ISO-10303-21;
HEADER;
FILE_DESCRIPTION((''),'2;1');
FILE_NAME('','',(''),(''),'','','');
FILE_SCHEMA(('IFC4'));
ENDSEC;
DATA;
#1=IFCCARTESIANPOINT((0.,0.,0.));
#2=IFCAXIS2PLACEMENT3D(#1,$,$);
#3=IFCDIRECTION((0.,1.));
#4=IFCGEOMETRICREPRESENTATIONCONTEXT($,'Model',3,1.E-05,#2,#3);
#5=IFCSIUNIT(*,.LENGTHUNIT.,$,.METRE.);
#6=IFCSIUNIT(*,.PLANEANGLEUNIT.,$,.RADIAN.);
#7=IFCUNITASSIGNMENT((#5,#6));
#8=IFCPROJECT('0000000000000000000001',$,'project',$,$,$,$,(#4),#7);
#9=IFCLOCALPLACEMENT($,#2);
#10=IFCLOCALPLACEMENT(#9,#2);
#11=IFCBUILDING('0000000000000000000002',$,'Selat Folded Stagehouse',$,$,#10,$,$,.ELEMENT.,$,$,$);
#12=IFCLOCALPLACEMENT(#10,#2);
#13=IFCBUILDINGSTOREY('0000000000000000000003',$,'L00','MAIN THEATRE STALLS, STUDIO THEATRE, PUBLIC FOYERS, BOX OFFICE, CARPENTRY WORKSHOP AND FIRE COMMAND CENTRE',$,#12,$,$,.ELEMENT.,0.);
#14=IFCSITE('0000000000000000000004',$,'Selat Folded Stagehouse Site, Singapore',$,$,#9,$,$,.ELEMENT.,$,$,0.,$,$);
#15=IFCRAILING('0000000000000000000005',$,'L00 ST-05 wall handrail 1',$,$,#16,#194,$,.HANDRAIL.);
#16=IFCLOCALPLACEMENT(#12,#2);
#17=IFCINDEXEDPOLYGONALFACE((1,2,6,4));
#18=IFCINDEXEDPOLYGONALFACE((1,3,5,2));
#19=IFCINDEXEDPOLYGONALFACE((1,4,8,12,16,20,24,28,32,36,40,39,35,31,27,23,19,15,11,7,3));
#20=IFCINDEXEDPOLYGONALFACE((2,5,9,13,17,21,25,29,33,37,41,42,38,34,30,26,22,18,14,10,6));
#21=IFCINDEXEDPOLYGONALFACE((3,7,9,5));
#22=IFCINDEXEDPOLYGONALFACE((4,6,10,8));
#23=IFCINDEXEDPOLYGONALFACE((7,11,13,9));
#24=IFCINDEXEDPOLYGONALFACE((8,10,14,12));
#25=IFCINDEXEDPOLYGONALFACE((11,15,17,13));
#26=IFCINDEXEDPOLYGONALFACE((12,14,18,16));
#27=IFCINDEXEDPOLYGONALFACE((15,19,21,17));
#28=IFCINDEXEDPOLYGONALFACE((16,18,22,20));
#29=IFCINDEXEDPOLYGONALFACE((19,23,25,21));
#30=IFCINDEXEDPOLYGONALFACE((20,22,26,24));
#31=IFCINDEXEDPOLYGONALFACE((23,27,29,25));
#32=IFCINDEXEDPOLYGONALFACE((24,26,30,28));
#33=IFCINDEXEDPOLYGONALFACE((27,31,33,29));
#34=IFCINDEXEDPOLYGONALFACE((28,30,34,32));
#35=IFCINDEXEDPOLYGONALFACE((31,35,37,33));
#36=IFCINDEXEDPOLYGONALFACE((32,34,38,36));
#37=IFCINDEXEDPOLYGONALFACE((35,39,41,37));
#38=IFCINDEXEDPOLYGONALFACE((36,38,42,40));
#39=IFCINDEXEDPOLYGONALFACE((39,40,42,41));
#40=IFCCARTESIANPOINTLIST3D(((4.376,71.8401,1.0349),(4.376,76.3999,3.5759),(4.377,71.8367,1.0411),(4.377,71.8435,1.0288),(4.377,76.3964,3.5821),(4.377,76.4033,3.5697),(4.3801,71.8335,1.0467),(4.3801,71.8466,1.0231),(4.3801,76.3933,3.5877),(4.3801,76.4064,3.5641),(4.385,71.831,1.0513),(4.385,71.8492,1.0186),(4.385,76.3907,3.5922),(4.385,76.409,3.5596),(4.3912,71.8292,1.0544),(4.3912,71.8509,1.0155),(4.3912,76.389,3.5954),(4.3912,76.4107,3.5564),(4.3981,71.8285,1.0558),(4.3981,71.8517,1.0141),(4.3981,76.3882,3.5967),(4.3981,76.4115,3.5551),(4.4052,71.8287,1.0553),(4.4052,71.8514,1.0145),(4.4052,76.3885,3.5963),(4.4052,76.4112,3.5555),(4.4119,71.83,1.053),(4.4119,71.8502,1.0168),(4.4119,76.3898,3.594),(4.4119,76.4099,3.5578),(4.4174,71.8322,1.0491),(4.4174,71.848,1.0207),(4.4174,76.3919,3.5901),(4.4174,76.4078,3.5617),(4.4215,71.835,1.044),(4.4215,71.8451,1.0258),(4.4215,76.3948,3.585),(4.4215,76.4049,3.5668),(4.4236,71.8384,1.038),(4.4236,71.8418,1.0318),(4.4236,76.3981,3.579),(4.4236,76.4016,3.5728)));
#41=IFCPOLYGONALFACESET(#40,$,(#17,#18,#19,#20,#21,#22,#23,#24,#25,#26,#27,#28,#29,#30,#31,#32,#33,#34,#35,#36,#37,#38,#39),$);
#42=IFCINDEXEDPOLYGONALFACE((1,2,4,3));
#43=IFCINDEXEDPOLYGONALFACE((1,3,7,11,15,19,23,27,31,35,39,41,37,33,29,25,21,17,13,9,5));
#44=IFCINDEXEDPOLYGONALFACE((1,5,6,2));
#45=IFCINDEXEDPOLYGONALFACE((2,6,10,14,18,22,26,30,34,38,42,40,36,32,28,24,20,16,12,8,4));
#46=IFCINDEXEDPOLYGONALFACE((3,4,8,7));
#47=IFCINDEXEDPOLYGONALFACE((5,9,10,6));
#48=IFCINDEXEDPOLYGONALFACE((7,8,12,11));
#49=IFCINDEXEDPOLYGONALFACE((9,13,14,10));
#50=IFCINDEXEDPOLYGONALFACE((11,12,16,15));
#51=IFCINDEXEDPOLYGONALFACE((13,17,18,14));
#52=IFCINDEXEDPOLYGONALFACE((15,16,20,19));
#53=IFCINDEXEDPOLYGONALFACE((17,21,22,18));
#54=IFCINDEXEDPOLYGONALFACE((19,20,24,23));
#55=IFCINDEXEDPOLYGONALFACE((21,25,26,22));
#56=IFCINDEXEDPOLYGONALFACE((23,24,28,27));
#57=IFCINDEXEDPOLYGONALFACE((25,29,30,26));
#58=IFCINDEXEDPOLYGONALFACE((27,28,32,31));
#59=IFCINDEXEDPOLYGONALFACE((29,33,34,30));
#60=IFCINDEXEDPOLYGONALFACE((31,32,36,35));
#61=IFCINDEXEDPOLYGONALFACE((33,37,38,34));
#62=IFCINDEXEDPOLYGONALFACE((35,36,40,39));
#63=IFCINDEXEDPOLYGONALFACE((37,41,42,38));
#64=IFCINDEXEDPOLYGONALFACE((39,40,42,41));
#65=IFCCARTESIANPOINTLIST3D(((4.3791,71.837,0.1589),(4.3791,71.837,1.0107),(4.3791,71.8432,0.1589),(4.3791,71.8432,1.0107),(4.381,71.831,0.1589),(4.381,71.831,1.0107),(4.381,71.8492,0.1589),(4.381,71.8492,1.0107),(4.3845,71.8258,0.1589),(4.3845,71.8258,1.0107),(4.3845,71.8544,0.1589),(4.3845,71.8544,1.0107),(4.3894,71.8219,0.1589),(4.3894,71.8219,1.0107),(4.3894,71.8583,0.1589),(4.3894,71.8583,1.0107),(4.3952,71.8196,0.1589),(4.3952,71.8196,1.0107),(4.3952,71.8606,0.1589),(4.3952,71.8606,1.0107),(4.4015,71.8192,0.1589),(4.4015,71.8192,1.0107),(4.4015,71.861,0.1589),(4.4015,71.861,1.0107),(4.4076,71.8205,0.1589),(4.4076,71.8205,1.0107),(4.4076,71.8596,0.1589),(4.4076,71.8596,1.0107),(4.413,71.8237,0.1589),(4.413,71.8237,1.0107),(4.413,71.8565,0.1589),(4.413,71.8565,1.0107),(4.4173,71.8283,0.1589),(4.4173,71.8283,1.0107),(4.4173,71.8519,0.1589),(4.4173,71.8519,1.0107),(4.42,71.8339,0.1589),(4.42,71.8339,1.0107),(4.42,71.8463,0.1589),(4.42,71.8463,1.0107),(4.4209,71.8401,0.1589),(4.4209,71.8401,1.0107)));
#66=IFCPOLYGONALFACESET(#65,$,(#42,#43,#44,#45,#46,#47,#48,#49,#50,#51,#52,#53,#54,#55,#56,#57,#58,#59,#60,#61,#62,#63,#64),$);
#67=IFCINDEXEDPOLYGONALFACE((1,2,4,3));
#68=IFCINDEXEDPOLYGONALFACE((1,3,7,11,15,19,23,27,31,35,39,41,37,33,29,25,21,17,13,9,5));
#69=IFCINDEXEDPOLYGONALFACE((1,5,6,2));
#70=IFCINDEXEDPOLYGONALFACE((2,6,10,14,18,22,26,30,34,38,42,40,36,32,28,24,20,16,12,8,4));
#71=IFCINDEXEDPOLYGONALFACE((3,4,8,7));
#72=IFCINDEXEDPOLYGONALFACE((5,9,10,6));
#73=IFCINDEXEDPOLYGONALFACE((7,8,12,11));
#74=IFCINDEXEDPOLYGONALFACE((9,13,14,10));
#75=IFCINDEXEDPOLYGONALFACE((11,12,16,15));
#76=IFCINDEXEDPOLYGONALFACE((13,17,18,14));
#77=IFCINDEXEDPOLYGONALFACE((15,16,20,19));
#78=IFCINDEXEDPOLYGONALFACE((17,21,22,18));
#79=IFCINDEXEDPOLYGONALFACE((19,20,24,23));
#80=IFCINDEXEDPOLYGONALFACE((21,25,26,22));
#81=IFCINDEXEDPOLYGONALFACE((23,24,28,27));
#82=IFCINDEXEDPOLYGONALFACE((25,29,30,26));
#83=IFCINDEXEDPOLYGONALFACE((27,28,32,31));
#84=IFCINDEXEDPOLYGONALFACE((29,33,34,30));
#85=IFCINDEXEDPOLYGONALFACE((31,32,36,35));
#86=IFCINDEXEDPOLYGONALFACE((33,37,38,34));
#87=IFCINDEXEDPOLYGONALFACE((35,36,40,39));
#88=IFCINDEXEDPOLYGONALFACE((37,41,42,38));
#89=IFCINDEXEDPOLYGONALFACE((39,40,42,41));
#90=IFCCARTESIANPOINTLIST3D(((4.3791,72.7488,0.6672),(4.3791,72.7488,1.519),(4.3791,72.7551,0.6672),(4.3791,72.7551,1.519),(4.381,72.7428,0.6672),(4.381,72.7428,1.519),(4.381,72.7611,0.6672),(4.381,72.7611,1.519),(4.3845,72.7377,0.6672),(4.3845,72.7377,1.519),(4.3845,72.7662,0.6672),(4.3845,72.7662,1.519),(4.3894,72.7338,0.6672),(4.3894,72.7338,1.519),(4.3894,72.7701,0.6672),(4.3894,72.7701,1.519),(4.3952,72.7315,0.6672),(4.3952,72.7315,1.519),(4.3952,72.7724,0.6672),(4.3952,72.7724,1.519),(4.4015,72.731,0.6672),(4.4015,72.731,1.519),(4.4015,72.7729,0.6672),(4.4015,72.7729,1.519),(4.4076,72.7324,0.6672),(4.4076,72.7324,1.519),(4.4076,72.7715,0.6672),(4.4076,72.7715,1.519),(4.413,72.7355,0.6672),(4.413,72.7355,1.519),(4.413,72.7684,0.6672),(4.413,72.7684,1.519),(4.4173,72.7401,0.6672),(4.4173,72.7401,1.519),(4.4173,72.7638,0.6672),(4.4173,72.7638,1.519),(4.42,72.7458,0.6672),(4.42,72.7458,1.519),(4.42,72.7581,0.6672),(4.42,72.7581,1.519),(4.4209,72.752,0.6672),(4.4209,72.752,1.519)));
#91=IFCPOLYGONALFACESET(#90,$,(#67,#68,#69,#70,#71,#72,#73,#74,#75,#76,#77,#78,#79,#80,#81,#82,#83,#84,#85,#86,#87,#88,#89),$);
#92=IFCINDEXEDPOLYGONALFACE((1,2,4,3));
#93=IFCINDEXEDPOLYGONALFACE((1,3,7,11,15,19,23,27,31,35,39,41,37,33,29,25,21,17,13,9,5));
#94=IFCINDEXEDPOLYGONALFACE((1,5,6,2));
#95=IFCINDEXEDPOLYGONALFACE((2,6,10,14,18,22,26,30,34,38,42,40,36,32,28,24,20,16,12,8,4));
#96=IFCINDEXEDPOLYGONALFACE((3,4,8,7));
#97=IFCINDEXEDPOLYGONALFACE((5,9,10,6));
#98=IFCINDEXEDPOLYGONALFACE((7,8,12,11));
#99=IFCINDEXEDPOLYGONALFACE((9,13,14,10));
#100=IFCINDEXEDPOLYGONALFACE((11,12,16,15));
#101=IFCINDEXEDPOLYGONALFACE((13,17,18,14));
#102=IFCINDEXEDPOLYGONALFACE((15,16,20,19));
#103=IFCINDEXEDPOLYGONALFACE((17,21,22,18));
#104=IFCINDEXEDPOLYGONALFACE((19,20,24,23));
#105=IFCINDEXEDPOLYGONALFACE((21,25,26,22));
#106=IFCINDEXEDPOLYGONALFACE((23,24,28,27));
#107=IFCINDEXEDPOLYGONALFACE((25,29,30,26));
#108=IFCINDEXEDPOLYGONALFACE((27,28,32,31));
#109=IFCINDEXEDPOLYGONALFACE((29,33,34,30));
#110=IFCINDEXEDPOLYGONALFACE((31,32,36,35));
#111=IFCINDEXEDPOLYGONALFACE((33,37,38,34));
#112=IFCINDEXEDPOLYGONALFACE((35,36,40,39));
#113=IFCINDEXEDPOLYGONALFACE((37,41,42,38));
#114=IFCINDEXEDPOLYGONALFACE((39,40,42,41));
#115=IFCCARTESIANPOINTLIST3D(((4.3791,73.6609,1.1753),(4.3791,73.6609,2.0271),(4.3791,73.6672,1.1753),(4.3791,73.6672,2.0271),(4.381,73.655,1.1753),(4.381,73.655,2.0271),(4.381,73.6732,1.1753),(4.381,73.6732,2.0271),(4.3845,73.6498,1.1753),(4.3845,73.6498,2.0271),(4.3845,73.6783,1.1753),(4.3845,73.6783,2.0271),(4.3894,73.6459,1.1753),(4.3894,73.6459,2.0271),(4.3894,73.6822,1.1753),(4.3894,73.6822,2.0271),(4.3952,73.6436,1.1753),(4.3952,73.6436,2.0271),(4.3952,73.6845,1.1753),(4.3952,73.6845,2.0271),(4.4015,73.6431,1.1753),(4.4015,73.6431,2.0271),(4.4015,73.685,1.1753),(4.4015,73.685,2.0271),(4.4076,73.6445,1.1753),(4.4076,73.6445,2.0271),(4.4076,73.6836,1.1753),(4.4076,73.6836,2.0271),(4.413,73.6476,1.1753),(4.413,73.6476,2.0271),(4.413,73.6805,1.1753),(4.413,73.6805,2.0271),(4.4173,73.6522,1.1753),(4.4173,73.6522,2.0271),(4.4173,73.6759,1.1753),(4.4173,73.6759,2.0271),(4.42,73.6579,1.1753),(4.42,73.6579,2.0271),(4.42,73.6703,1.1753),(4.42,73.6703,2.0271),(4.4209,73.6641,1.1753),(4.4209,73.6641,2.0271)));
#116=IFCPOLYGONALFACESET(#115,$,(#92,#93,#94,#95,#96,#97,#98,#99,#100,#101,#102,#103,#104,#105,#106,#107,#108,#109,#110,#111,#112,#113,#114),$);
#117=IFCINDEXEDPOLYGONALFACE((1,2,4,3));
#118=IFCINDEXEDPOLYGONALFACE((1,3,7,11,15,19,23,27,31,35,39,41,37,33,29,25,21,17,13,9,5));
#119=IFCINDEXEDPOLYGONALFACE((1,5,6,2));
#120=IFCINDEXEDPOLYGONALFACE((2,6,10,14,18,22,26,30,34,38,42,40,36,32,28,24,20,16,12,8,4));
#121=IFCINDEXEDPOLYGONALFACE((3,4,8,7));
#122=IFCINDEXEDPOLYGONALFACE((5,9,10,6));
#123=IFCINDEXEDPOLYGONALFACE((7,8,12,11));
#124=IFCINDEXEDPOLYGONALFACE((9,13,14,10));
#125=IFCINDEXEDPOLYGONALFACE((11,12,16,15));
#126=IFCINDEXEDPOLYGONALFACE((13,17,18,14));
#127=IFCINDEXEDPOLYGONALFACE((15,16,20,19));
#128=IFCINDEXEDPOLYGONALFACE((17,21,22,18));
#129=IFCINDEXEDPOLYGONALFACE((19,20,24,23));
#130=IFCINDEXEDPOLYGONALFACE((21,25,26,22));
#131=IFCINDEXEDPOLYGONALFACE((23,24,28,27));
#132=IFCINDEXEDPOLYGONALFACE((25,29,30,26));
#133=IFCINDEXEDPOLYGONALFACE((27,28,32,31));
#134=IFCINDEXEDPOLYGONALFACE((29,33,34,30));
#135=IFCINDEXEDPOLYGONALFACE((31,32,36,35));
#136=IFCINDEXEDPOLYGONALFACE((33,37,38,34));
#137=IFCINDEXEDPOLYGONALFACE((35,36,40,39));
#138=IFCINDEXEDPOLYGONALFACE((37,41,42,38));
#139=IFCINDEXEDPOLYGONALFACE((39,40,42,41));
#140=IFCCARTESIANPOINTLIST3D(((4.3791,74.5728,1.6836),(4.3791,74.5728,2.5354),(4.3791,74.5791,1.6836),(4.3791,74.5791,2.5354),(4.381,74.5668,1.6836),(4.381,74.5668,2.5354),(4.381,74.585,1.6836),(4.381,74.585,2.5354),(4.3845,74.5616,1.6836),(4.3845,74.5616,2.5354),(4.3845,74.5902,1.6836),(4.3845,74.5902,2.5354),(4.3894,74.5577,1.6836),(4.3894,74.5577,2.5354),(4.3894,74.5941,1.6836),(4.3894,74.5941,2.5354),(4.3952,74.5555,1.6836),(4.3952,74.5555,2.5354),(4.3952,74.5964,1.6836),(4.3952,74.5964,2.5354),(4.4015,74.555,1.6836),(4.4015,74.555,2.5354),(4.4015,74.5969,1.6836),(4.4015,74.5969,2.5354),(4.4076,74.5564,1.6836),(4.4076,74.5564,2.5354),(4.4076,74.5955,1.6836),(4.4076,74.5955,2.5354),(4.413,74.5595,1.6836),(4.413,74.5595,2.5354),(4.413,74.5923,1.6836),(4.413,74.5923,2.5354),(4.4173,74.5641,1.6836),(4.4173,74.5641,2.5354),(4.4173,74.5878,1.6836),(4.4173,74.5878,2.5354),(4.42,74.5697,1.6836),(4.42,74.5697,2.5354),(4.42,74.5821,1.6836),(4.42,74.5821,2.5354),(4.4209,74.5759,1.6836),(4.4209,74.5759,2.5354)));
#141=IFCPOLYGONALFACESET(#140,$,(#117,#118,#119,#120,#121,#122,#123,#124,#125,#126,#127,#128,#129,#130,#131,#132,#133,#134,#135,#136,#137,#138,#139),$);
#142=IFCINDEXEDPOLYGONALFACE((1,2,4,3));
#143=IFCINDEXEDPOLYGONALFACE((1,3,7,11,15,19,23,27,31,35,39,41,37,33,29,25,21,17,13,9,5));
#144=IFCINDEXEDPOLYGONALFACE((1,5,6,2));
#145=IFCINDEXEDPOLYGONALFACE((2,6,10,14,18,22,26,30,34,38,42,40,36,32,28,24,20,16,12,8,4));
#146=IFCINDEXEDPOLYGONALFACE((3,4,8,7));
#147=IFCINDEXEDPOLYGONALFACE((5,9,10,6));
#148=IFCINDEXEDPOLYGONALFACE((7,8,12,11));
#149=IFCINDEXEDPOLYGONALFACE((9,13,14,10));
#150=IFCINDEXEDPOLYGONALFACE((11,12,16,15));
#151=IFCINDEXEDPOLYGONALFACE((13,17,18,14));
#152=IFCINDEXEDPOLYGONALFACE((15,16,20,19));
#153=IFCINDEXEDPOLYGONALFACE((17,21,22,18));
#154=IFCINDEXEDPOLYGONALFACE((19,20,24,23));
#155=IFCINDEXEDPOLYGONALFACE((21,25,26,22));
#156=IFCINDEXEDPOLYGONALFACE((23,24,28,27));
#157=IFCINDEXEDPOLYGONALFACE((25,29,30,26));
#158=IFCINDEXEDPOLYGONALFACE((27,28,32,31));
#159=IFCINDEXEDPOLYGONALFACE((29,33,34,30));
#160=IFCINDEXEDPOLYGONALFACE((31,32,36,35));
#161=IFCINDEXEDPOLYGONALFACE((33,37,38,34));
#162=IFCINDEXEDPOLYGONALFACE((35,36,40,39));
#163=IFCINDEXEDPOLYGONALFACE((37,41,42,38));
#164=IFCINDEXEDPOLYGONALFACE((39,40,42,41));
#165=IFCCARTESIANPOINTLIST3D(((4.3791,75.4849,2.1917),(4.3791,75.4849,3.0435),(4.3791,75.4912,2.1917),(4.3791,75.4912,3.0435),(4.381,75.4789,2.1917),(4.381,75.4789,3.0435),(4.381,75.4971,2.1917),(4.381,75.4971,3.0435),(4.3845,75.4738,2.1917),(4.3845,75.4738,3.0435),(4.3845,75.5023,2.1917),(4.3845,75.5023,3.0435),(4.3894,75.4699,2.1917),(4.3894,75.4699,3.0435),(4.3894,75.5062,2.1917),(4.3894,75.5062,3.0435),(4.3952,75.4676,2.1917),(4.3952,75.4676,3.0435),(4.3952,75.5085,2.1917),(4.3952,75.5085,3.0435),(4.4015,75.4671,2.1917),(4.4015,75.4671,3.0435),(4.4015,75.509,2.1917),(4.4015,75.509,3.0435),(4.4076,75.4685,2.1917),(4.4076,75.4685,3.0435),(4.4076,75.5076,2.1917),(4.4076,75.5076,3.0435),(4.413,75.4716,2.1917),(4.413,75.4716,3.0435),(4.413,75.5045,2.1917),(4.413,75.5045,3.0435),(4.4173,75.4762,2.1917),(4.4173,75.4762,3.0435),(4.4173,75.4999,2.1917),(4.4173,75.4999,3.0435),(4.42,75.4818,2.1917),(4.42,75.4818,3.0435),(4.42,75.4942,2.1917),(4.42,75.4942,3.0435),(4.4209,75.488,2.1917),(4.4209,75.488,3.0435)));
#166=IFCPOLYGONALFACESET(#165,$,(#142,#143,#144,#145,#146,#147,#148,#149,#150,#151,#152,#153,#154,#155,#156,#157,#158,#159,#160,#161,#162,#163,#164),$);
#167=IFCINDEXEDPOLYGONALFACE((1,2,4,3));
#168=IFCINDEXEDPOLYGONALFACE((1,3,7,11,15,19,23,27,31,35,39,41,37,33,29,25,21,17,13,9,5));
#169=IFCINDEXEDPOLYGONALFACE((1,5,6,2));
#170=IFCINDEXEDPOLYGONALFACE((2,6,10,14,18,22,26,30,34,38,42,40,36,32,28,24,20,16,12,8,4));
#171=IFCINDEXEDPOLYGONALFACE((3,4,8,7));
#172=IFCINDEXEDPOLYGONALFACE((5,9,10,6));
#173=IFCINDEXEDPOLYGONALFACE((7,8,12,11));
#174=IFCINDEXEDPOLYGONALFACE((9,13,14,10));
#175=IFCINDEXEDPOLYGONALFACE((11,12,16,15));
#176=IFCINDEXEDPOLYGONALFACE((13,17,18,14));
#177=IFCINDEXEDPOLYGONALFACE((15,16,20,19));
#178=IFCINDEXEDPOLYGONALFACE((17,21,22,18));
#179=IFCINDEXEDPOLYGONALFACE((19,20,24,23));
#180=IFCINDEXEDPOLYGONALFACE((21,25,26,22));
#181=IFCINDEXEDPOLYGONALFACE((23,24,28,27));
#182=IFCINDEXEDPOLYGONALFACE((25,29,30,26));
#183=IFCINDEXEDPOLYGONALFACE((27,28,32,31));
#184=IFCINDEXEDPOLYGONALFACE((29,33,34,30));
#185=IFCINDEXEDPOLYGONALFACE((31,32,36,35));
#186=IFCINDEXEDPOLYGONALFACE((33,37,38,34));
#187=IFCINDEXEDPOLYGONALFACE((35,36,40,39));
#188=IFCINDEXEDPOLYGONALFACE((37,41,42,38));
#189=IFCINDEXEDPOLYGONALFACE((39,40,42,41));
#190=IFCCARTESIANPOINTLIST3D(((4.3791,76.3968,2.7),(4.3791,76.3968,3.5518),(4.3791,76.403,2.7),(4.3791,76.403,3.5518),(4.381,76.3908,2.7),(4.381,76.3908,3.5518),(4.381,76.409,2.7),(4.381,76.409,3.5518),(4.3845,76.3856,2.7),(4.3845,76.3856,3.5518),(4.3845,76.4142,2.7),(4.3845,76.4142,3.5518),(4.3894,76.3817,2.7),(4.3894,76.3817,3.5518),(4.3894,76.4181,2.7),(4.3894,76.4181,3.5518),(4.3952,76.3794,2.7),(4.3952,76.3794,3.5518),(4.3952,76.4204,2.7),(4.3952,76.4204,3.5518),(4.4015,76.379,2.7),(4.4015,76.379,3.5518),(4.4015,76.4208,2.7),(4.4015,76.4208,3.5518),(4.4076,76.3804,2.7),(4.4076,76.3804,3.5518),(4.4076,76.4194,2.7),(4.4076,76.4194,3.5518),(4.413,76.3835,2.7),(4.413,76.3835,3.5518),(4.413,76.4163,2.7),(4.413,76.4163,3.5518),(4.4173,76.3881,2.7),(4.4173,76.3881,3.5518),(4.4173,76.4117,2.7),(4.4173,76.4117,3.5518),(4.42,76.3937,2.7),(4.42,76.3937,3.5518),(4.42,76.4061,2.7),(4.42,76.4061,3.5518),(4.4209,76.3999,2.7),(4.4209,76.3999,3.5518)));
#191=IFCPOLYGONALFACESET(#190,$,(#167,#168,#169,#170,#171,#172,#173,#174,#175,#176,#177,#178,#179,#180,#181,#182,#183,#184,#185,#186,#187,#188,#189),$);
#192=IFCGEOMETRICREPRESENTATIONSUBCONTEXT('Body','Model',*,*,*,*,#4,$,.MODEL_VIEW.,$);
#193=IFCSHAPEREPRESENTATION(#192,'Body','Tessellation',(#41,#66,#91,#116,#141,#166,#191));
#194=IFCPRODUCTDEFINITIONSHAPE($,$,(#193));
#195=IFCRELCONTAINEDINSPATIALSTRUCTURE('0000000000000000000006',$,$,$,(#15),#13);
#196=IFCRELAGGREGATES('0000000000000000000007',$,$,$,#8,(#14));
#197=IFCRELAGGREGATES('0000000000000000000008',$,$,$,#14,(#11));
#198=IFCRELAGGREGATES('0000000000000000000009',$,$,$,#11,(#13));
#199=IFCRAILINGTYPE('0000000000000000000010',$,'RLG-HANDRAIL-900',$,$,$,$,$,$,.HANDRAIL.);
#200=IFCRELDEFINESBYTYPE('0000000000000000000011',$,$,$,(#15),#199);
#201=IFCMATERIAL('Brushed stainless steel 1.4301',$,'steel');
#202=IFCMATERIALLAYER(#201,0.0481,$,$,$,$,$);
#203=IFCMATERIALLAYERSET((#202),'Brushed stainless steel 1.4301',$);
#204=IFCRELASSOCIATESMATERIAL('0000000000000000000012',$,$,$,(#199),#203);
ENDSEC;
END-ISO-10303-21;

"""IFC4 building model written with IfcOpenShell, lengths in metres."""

from ifc_helpers import new_model, si_unit, direction, frame, origin, origin_2d, place, context, subcontext, project, spatial, circle, extrude, material, layer, layer_set, type_object, element, save


model = new_model("IFC4")

# Units and contexts
model_context = context("Model", 3, precision=1e-05, world=origin(), true_north=direction((0.0, 1.0)))
body_context = subcontext(model_context, "Body", "Model", "MODEL_VIEW")
ifc_project = project(units=[si_unit("LENGTHUNIT", "METRE"), si_unit("PLANEANGLEUNIT", "RADIAN")], contexts=[model_context])

# Site, building, storey
site_placement = place(None, origin())
site = spatial("IfcSite", under=ifc_project, at=site_placement, Name="Selat Folded Stagehouse Site, Singapore", CompositionType="ELEMENT", RefElevation=0.0)
building_placement = place(site_placement, origin())
building = spatial("IfcBuilding", under=site, at=building_placement, Name="Selat Folded Stagehouse", CompositionType="ELEMENT")
storey_placement = place(building_placement, origin())
storey = spatial("IfcBuildingStorey", under=building, at=storey_placement, Name="L00", Description="MAIN THEATRE STALLS, STUDIO THEATRE, PUBLIC FOYERS, BOX OFFICE, CARPENTRY WORKSHOP AND FIRE COMMAND CENTRE", CompositionType="ELEMENT", Elevation=0.0)

# Railing
ifc_material_1 = material(Name="Brushed stainless steel 1.4301", Category="steel")
ifc_layer_1 = layer(ifc_material_1, 0.0481)
ifc_layer_set_1 = layer_set([ifc_layer_1], Name="Brushed stainless steel 1.4301")
railing_type_1 = type_object("IfcRailingType", Name="RLG-HANDRAIL-900", PredefinedType="HANDRAIL", material=ifc_layer_set_1)
railing_1_placement = place(storey_placement, frame((4.3999, 71.8401, 0.1589)))
element("IfcRailing", 1, at=railing_1_placement, inside=storey, type_object=railing_type_1, Name="L00 ST-05 wall handrail 1", PredefinedType="HANDRAIL", context=body_context, shape_type="SweptSolid", body=[
    extrude(circle(Radius=0.0239, at=origin_2d()), frame((0.0, 0.0, 0.876), z_axis=(0.0, 0.873523, 0.486782), x_axis=(-1.0, 0.0, 0.0)), (0.0, 0.0, 1.0), 5.22),
    extrude(circle(Radius=0.021, at=origin_2d()), origin(), (0.0, 0.0, 1.0), 0.8518),
    extrude(circle(Radius=0.021, at=origin_2d()), frame((0.0, 0.9119, 0.5083)), (0.0, 0.0, 1.0), 0.8518),
    extrude(circle(Radius=0.021, at=origin_2d()), frame((0.0, 1.824, 1.0164)), (0.0, 0.0, 1.0), 0.8518),
    extrude(circle(Radius=0.021, at=origin_2d()), frame((0.0, 2.7358, 1.5247)), (0.0, 0.0, 1.0), 0.8518),
    extrude(circle(Radius=0.021, at=origin_2d()), frame((0.0, 3.6479, 2.0327)), (0.0, 0.0, 1.0), 0.8518),
    extrude(circle(Radius=0.021, at=origin_2d()), frame((0.0, 4.5598, 2.541)), (0.0, 0.0, 1.0), 0.8518),
])

save(model, "model.ifc")
